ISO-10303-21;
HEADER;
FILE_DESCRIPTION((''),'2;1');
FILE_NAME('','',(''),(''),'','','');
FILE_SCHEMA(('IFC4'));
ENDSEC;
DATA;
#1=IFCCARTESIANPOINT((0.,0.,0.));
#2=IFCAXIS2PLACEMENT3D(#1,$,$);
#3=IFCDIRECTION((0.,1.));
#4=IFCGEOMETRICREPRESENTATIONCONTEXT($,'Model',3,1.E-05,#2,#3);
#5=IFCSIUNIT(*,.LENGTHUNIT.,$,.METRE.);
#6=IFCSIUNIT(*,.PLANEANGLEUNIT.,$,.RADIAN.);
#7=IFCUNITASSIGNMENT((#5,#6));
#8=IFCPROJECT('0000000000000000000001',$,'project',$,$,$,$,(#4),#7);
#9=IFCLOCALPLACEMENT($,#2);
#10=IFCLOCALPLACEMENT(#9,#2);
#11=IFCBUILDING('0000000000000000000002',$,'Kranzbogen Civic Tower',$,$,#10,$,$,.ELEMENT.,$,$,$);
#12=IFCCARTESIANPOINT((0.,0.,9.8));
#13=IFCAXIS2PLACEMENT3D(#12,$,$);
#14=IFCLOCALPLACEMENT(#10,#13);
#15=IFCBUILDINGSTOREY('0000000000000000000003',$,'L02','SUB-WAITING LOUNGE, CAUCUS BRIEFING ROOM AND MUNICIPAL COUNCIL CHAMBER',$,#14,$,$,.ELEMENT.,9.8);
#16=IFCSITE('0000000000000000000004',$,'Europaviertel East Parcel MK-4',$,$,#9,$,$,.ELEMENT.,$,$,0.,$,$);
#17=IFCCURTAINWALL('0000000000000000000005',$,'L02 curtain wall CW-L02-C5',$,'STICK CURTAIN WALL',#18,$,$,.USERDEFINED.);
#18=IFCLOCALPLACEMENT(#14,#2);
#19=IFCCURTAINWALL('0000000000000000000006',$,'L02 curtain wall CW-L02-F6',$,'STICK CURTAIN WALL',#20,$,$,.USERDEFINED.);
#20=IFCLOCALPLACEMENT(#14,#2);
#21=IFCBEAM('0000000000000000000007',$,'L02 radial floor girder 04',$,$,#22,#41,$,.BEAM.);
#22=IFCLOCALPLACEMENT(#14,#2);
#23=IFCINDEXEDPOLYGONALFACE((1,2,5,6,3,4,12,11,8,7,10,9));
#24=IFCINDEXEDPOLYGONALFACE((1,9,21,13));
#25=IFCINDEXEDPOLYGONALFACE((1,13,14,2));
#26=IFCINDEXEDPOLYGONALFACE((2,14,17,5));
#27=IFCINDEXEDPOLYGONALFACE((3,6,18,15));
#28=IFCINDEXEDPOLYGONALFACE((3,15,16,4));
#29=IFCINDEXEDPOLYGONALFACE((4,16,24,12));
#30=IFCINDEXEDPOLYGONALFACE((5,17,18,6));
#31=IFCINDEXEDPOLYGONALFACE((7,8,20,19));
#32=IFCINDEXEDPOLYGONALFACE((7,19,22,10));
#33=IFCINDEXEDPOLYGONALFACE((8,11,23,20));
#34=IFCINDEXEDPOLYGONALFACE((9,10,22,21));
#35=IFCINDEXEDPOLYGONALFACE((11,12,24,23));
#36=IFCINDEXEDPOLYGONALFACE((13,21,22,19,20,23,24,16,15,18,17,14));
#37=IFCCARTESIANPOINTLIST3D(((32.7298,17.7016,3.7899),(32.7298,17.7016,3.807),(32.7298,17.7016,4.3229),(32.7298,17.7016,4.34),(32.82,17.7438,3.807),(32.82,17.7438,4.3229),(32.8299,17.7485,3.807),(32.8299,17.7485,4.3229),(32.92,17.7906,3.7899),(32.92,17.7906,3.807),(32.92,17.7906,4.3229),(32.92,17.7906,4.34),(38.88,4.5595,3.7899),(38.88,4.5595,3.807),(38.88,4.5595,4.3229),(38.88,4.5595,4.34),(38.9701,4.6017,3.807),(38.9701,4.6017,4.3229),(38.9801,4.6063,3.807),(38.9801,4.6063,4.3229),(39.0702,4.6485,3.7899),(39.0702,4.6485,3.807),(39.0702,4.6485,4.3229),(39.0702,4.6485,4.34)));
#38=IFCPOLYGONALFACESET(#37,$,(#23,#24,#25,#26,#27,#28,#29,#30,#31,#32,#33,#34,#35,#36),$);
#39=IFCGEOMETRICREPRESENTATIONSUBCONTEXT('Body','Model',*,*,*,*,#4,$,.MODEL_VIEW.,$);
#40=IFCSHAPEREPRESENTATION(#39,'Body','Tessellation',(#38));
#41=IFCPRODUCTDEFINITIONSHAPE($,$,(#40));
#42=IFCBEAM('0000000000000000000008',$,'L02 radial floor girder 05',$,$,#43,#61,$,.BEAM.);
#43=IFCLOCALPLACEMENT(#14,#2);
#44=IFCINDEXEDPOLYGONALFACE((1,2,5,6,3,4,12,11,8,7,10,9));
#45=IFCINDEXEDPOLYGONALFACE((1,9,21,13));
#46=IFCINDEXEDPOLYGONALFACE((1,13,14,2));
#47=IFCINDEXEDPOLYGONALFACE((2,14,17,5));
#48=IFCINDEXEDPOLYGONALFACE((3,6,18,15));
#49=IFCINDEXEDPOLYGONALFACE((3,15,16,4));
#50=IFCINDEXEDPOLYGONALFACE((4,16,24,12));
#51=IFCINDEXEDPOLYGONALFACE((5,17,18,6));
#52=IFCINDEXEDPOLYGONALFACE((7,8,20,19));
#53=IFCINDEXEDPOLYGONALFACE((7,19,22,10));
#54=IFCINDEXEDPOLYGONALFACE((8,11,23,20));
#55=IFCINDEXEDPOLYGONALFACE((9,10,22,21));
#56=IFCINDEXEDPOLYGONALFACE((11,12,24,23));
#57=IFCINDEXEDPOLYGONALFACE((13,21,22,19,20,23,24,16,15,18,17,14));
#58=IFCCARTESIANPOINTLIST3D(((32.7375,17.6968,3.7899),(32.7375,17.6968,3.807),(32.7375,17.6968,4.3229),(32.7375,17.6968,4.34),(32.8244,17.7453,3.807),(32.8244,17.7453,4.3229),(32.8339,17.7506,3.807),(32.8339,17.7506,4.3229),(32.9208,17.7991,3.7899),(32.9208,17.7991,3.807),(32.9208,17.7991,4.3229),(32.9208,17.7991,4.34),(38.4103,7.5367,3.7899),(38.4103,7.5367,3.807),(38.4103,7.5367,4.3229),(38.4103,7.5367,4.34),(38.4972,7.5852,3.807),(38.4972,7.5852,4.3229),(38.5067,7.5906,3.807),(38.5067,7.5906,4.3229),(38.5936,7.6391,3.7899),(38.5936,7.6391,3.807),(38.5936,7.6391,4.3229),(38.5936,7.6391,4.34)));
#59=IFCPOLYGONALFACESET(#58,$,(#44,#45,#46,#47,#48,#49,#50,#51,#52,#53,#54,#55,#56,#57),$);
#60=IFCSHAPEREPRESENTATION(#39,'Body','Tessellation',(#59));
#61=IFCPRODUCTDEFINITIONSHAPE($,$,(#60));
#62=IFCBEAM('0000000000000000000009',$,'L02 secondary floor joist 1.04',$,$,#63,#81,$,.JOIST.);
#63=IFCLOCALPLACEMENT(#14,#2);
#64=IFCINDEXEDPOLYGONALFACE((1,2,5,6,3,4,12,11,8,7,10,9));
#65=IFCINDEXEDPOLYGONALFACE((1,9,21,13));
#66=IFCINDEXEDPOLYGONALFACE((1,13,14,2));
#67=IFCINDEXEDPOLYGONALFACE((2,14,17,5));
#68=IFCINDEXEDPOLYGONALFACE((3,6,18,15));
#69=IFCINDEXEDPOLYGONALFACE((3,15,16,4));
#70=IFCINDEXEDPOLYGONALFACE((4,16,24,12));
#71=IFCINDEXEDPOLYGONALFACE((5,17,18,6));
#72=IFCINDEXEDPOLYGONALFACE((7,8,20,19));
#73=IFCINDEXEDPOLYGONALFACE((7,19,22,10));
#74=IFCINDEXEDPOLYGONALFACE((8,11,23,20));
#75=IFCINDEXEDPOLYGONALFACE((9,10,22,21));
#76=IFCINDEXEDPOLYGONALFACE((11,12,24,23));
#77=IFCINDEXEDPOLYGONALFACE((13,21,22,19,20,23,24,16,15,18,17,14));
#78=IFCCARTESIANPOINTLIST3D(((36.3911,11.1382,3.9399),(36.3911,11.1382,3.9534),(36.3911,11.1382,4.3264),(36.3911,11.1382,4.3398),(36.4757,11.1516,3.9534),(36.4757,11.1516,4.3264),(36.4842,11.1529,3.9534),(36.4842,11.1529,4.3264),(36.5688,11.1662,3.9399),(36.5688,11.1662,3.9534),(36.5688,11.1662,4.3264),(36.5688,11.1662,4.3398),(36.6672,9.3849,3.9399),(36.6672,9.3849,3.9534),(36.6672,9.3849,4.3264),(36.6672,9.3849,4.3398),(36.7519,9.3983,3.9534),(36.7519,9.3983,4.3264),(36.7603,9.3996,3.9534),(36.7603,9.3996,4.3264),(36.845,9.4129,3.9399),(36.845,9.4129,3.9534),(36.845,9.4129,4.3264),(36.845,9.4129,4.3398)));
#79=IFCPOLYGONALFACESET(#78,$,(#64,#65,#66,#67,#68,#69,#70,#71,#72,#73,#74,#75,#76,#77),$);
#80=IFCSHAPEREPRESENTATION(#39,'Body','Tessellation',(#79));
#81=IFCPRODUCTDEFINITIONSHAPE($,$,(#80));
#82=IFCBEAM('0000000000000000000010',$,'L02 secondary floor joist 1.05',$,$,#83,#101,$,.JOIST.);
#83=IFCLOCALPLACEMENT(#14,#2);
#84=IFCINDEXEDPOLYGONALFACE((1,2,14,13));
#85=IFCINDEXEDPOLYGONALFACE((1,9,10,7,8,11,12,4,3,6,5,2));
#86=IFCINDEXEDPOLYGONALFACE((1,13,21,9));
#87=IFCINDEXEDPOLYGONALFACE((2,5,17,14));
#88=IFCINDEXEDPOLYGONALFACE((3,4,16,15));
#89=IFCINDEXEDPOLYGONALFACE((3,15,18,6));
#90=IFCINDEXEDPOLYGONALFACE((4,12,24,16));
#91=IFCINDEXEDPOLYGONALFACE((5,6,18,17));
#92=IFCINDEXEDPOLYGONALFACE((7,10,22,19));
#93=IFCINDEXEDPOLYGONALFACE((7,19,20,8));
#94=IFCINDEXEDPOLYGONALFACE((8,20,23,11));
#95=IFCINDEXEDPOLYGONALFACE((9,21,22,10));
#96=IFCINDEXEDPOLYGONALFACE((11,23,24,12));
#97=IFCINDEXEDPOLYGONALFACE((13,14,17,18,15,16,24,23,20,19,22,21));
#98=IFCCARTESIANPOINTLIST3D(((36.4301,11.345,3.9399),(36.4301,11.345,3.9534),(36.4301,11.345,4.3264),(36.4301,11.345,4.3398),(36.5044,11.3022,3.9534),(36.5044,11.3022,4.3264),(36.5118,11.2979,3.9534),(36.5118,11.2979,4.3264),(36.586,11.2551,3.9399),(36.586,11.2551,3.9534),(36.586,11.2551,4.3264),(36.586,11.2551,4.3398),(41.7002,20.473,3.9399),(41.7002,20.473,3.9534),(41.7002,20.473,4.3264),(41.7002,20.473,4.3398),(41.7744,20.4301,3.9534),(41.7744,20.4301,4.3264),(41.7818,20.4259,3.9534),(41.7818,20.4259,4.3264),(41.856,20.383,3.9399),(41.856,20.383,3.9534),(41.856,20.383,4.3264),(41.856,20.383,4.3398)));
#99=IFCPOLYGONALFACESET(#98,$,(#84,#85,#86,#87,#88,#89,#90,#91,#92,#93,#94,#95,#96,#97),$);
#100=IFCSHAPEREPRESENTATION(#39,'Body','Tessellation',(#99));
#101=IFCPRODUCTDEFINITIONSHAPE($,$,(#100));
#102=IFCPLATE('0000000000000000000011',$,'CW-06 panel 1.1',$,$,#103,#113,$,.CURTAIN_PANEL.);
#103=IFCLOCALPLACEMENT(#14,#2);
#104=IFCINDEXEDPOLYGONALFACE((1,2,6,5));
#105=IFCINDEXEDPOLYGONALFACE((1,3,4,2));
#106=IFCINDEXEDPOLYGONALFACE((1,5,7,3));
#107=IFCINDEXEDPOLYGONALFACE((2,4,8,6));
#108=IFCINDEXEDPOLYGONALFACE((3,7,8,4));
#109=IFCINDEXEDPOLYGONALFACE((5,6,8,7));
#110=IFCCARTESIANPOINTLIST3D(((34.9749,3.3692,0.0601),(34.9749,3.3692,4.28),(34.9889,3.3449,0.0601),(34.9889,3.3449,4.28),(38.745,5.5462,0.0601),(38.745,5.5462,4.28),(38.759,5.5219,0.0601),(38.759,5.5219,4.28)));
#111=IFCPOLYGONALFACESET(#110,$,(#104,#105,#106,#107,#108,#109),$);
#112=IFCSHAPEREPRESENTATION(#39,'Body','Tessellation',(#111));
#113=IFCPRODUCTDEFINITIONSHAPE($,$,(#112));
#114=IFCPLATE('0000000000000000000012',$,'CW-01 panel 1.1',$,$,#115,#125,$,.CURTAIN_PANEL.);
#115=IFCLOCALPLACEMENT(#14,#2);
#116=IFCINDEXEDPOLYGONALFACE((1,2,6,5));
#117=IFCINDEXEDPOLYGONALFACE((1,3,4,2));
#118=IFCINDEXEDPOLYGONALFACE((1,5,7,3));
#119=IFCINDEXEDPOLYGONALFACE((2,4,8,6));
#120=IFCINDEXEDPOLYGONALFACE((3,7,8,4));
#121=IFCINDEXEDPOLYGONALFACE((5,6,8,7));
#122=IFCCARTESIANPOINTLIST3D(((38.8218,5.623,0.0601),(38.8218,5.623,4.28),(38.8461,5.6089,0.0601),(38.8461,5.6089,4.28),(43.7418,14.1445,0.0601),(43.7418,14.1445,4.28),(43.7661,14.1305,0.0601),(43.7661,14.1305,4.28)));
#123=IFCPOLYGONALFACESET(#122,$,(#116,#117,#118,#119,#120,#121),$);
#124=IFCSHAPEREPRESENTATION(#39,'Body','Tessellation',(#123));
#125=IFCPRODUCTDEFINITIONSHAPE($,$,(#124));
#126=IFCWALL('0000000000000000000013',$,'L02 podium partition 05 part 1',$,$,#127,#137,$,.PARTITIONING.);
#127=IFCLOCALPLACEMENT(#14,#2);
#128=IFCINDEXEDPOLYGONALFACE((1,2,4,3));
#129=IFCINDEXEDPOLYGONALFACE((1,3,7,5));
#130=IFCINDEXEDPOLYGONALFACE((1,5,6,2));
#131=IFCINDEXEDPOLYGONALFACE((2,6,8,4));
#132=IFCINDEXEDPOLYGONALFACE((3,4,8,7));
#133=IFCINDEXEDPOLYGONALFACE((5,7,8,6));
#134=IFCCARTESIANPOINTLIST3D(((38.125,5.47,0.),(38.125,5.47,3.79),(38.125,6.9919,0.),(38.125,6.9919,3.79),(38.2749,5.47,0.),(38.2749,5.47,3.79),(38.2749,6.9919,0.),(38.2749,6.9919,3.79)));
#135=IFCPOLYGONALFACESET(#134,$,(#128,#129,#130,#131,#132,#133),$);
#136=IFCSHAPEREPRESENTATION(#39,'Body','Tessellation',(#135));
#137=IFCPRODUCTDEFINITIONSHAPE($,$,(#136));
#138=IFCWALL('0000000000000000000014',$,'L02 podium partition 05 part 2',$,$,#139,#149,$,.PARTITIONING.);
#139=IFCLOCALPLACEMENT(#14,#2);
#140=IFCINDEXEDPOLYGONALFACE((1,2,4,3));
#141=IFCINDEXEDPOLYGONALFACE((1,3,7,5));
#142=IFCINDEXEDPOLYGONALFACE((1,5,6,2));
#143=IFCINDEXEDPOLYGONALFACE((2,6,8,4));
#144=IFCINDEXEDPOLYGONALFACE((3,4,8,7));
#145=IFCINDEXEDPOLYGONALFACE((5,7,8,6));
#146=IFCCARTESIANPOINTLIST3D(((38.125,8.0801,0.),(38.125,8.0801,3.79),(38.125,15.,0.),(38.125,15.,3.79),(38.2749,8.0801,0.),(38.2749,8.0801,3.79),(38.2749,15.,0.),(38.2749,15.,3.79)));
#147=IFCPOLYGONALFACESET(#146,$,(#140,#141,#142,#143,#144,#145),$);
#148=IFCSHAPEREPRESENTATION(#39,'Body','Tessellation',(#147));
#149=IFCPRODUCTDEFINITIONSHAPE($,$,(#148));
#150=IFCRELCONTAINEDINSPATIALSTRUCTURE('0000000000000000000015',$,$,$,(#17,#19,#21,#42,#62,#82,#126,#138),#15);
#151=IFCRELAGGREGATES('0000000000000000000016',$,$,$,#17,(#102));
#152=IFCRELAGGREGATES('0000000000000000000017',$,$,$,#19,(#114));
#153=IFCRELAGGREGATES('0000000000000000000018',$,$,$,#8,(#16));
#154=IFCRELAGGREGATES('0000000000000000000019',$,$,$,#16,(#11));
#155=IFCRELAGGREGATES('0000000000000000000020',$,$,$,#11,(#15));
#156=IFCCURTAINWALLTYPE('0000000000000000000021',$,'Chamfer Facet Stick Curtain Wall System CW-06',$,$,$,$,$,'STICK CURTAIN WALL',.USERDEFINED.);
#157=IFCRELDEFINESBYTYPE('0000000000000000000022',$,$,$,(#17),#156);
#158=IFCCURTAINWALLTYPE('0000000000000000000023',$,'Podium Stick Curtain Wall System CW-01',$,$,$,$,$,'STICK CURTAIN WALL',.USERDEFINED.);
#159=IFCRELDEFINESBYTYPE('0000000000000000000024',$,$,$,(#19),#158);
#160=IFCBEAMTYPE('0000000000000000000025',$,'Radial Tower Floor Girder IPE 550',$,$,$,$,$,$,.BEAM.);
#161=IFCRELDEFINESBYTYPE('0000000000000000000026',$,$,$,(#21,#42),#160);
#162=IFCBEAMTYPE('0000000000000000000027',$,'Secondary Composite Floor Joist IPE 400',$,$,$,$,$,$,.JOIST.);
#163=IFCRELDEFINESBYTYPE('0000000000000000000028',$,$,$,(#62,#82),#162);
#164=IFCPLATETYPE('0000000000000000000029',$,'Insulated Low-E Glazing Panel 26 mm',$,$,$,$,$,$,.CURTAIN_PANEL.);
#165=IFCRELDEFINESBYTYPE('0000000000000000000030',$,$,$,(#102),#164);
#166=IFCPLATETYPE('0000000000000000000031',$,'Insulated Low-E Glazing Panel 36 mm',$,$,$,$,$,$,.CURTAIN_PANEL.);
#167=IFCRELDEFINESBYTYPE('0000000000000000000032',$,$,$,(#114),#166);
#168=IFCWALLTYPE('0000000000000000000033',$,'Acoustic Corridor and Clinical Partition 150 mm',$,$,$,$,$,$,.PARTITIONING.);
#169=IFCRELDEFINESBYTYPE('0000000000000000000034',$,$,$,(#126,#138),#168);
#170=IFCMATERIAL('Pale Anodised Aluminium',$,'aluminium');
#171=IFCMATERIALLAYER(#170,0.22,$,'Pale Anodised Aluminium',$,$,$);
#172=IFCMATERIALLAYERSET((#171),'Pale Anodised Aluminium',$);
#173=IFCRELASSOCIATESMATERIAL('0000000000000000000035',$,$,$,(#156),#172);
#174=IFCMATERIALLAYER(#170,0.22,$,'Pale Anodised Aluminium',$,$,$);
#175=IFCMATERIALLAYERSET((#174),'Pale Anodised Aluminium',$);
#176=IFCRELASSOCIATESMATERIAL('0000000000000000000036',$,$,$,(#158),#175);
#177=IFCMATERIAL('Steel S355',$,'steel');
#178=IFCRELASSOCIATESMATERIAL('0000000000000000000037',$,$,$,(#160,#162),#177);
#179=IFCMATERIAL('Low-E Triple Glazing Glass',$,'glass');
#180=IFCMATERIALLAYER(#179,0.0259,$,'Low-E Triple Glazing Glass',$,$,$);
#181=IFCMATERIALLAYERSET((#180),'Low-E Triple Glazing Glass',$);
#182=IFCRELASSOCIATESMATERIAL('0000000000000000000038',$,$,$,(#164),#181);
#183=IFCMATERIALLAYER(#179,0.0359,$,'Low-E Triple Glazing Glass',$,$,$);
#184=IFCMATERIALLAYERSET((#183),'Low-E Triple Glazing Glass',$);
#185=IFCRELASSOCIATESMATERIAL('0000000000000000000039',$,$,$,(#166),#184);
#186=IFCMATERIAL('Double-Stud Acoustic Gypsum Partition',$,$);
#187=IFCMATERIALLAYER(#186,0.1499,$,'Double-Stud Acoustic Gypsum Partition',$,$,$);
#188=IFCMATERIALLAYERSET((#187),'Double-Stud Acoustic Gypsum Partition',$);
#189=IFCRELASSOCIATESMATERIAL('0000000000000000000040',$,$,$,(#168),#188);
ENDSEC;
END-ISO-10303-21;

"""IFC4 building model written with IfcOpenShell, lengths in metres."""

from ifc_helpers import new_model, si_unit, direction, frame, frame_2d, origin, origin_2d, place, context, subcontext, project, spatial, rectangle, i_section, extrude, material, layer, layer_set, material_profile, profile_set, type_object, element, aggregate, save


model = new_model("IFC4")

# Units and contexts
model_context = context("Model", 3, precision=1e-05, world=origin(), true_north=direction((0.0, 1.0)))
body_context = subcontext(model_context, "Body", "Model", "MODEL_VIEW")
ifc_project = project(units=[si_unit("LENGTHUNIT", "METRE"), si_unit("PLANEANGLEUNIT", "RADIAN")], contexts=[model_context])

# Site, building, storey
site_placement = place(None, origin())
site = spatial("IfcSite", under=ifc_project, at=site_placement, Name="Europaviertel East Parcel MK-4", CompositionType="ELEMENT", RefElevation=0.0)
building_placement = place(site_placement, origin())
building = spatial("IfcBuilding", under=site, at=building_placement, Name="Kranzbogen Civic Tower", CompositionType="ELEMENT")
storey_placement = place(building_placement, frame((0.0, 0.0, 9.8)))
storey = spatial("IfcBuildingStorey", under=building, at=storey_placement, Name="L02", Description="SUB-WAITING LOUNGE, CAUCUS BRIEFING ROOM AND MUNICIPAL COUNCIL CHAMBER", CompositionType="ELEMENT", Elevation=9.8)

# Curtain wall
ifc_material_1 = material(Name="Pale Anodised Aluminium", Category="aluminium")
ifc_layer_1 = layer(ifc_material_1, 0.22, Name="Pale Anodised Aluminium")
ifc_layer_set_1 = layer_set([ifc_layer_1], Name="Pale Anodised Aluminium")
curtain_wall_type_1 = type_object("IfcCurtainWallType", Name="Chamfer Facet Stick Curtain Wall System CW-06", ElementType="STICK CURTAIN WALL", PredefinedType="USERDEFINED", material=ifc_layer_set_1)
curtain_wall_1_placement = place(storey_placement, origin())
curtain_wall_1 = element("IfcCurtainWall", 1, at=curtain_wall_1_placement, inside=storey, type_object=curtain_wall_type_1, Name="L02 curtain wall CW-L02-C5", ObjectType="STICK CURTAIN WALL", PredefinedType="USERDEFINED")

# Curtain wall
ifc_layer_2 = layer(ifc_material_1, 0.22, Name="Pale Anodised Aluminium")
ifc_layer_set_2 = layer_set([ifc_layer_2], Name="Pale Anodised Aluminium")
curtain_wall_type_2 = type_object("IfcCurtainWallType", Name="Podium Stick Curtain Wall System CW-01", ElementType="STICK CURTAIN WALL", PredefinedType="USERDEFINED", material=ifc_layer_set_2)
curtain_wall_2_placement = place(storey_placement, origin())
curtain_wall_2 = element("IfcCurtainWall", 2, at=curtain_wall_2_placement, inside=storey, type_object=curtain_wall_type_2, Name="L02 curtain wall CW-L02-F6", ObjectType="STICK CURTAIN WALL", PredefinedType="USERDEFINED")

# Beams
ifc_material_2 = material(Name="Steel S355", Category="steel")
ifc_material_profile_1 = material_profile(ifc_material_2, i_section(OverallWidth=0.21, OverallDepth=0.55, WebThickness=0.011, FlangeThickness=0.0171, at=origin_2d()), Name="IPE 550")
ifc_profile_set_1 = profile_set([ifc_material_profile_1], Name="Steel S355")
beam_type_1 = type_object("IfcBeamType", Name="Radial Tower Floor Girder IPE 550", PredefinedType="BEAM", material=ifc_profile_set_1)
beam_1_placement = place(storey_placement, frame((38.9751, 4.604, 4.0649), z_axis=(-0.423857, 0.905729, 0.0), x_axis=(-0.905729, -0.423857, 0.0)))
element("IfcBeam", 3, at=beam_1_placement, inside=storey, type_object=beam_type_1, Name="L02 radial floor girder 04", PredefinedType="BEAM", context=body_context, shape_type="SweptSolid", body=[
    extrude(i_section(OverallWidth=0.21, OverallDepth=0.55, WebThickness=0.011, FlangeThickness=0.0171, at=origin_2d()), origin(), (0.0, 0.0, 1.0), 14.51),
])
beam_2_placement = place(storey_placement, frame((38.502, 7.5879, 4.0649), z_axis=(-0.487502, 0.873122, 0.0), x_axis=(-0.873122, -0.487502, 0.0)))
element("IfcBeam", 4, at=beam_2_placement, inside=storey, type_object=beam_type_1, Name="L02 radial floor girder 05", PredefinedType="BEAM", context=body_context, shape_type="SweptSolid", body=[
    extrude(i_section(OverallWidth=0.21, OverallDepth=0.55, WebThickness=0.011, FlangeThickness=0.0171, at=origin_2d()), origin(), (0.0, 0.0, 1.0), 11.6365),
])
ifc_material_profile_2 = material_profile(ifc_material_2, i_section(OverallWidth=0.1799, OverallDepth=0.3999, WebThickness=0.0085, FlangeThickness=0.0134, at=origin_2d()), Name="IPE 400")
ifc_profile_set_2 = profile_set([ifc_material_profile_2], Name="Steel S355")
beam_type_2 = type_object("IfcBeamType", Name="Secondary Composite Floor Joist IPE 400", PredefinedType="JOIST", material=ifc_profile_set_2)
beam_3_placement = place(storey_placement, frame((36.7561, 9.3989, 4.1399), z_axis=(-0.155581, 0.987823, 0.0), x_axis=(-0.987823, -0.155581, 0.0)))
element("IfcBeam", 5, at=beam_3_placement, inside=storey, type_object=beam_type_2, Name="L02 secondary floor joist 1.04", PredefinedType="JOIST", context=body_context, shape_type="SweptSolid", body=[
    extrude(i_section(OverallWidth=0.1799, OverallDepth=0.3999, WebThickness=0.0085, FlangeThickness=0.0134, at=origin_2d()), origin(), (0.0, 0.0, 1.0), 1.7749),
])
beam_4_placement = place(storey_placement, frame((36.5081, 11.3, 4.1399), z_axis=(0.5, 0.866025, 0.0), x_axis=(-0.866025, 0.5, 0.0)))
element("IfcBeam", 6, at=beam_4_placement, inside=storey, type_object=beam_type_2, Name="L02 secondary floor joist 1.05", PredefinedType="JOIST", context=body_context, shape_type="SweptSolid", body=[
    extrude(i_section(OverallWidth=0.1799, OverallDepth=0.3999, WebThickness=0.0085, FlangeThickness=0.0134, at=origin_2d()), origin(), (0.0, 0.0, 1.0), 10.54),
])

# Plates
ifc_material_3 = material(Name="Low-E Triple Glazing Glass", Category="glass")
ifc_layer_3 = layer(ifc_material_3, 0.0259, Name="Low-E Triple Glazing Glass")
ifc_layer_set_3 = layer_set([ifc_layer_3], Name="Low-E Triple Glazing Glass")
plate_type_1 = type_object("IfcPlateType", Name="Insulated Low-E Glazing Panel 26 mm", PredefinedType="CURTAIN_PANEL", material=ifc_layer_set_3)
plate_1_placement = place(storey_placement, frame((36.8669, 4.4456, 0.0601), z_axis=(0.0, 0.0, 1.0), x_axis=(0.865992, 0.500058, 0.0)))
plate_1 = element("IfcPlate", 7, at=plate_1_placement, type_object=plate_type_1, Name="CW-06 panel 1.1", PredefinedType="CURTAIN_PANEL", context=body_context, shape_type="SweptSolid", body=[
    extrude(rectangle(XDim=4.3535, YDim=0.0281, at=origin_2d()), origin(), (0.0, 0.0, 1.0), 4.22),
])
aggregate(curtain_wall_1, [plate_1])
ifc_layer_4 = layer(ifc_material_3, 0.0359, Name="Low-E Triple Glazing Glass")
ifc_layer_set_4 = layer_set([ifc_layer_4], Name="Low-E Triple Glazing Glass")
plate_type_2 = type_object("IfcPlateType", Name="Insulated Low-E Glazing Panel 36 mm", PredefinedType="CURTAIN_PANEL", material=ifc_layer_set_4)
plate_2_placement = place(storey_placement, frame((41.2939, 9.8767, 0.0601), z_axis=(0.0, 0.0, 1.0), x_axis=(0.500006, 0.866022, 0.0)))
plate_2 = element("IfcPlate", 8, at=plate_2_placement, type_object=plate_type_2, Name="CW-01 panel 1.1", PredefinedType="CURTAIN_PANEL", context=body_context, shape_type="SweptSolid", body=[
    extrude(rectangle(XDim=9.8398, YDim=0.0281, at=origin_2d()), origin(), (0.0, 0.0, 1.0), 4.22),
])
aggregate(curtain_wall_2, [plate_2])

# Walls
ifc_material_4 = material(Name="Double-Stud Acoustic Gypsum Partition")
ifc_layer_5 = layer(ifc_material_4, 0.1499, Name="Double-Stud Acoustic Gypsum Partition")
ifc_layer_set_5 = layer_set([ifc_layer_5], Name="Double-Stud Acoustic Gypsum Partition")
wall_type_1 = type_object("IfcWallType", Name="Acoustic Corridor and Clinical Partition 150 mm", PredefinedType="PARTITIONING", material=ifc_layer_set_5)
wall_1_placement = place(storey_placement, frame((38.2, 5.47, 0.0), z_axis=(0.0, 0.0, 1.0), x_axis=(0.0, 1.0, 0.0)))
element("IfcWall", 9, at=wall_1_placement, inside=storey, type_object=wall_type_1, Name="L02 podium partition 05 part 1", PredefinedType="PARTITIONING", context=body_context, shape_type="SweptSolid", body=[
    extrude(rectangle(XDim=1.522, YDim=0.1499, at=frame_2d((0.761, 0.0))), origin(), (0.0, 0.0, 1.0), 3.79),
])
wall_2_placement = place(storey_placement, frame((38.2, 8.0801, 0.0), z_axis=(0.0, 0.0, 1.0), x_axis=(0.0, 1.0, 0.0)))
element("IfcWall", 10, at=wall_2_placement, inside=storey, type_object=wall_type_1, Name="L02 podium partition 05 part 2", PredefinedType="PARTITIONING", context=body_context, shape_type="SweptSolid", body=[
    extrude(rectangle(XDim=6.9199, YDim=0.1499, at=frame_2d((3.46, 0.0))), origin(), (0.0, 0.0, 1.0), 3.79),
])

save(model, "model.ifc")
